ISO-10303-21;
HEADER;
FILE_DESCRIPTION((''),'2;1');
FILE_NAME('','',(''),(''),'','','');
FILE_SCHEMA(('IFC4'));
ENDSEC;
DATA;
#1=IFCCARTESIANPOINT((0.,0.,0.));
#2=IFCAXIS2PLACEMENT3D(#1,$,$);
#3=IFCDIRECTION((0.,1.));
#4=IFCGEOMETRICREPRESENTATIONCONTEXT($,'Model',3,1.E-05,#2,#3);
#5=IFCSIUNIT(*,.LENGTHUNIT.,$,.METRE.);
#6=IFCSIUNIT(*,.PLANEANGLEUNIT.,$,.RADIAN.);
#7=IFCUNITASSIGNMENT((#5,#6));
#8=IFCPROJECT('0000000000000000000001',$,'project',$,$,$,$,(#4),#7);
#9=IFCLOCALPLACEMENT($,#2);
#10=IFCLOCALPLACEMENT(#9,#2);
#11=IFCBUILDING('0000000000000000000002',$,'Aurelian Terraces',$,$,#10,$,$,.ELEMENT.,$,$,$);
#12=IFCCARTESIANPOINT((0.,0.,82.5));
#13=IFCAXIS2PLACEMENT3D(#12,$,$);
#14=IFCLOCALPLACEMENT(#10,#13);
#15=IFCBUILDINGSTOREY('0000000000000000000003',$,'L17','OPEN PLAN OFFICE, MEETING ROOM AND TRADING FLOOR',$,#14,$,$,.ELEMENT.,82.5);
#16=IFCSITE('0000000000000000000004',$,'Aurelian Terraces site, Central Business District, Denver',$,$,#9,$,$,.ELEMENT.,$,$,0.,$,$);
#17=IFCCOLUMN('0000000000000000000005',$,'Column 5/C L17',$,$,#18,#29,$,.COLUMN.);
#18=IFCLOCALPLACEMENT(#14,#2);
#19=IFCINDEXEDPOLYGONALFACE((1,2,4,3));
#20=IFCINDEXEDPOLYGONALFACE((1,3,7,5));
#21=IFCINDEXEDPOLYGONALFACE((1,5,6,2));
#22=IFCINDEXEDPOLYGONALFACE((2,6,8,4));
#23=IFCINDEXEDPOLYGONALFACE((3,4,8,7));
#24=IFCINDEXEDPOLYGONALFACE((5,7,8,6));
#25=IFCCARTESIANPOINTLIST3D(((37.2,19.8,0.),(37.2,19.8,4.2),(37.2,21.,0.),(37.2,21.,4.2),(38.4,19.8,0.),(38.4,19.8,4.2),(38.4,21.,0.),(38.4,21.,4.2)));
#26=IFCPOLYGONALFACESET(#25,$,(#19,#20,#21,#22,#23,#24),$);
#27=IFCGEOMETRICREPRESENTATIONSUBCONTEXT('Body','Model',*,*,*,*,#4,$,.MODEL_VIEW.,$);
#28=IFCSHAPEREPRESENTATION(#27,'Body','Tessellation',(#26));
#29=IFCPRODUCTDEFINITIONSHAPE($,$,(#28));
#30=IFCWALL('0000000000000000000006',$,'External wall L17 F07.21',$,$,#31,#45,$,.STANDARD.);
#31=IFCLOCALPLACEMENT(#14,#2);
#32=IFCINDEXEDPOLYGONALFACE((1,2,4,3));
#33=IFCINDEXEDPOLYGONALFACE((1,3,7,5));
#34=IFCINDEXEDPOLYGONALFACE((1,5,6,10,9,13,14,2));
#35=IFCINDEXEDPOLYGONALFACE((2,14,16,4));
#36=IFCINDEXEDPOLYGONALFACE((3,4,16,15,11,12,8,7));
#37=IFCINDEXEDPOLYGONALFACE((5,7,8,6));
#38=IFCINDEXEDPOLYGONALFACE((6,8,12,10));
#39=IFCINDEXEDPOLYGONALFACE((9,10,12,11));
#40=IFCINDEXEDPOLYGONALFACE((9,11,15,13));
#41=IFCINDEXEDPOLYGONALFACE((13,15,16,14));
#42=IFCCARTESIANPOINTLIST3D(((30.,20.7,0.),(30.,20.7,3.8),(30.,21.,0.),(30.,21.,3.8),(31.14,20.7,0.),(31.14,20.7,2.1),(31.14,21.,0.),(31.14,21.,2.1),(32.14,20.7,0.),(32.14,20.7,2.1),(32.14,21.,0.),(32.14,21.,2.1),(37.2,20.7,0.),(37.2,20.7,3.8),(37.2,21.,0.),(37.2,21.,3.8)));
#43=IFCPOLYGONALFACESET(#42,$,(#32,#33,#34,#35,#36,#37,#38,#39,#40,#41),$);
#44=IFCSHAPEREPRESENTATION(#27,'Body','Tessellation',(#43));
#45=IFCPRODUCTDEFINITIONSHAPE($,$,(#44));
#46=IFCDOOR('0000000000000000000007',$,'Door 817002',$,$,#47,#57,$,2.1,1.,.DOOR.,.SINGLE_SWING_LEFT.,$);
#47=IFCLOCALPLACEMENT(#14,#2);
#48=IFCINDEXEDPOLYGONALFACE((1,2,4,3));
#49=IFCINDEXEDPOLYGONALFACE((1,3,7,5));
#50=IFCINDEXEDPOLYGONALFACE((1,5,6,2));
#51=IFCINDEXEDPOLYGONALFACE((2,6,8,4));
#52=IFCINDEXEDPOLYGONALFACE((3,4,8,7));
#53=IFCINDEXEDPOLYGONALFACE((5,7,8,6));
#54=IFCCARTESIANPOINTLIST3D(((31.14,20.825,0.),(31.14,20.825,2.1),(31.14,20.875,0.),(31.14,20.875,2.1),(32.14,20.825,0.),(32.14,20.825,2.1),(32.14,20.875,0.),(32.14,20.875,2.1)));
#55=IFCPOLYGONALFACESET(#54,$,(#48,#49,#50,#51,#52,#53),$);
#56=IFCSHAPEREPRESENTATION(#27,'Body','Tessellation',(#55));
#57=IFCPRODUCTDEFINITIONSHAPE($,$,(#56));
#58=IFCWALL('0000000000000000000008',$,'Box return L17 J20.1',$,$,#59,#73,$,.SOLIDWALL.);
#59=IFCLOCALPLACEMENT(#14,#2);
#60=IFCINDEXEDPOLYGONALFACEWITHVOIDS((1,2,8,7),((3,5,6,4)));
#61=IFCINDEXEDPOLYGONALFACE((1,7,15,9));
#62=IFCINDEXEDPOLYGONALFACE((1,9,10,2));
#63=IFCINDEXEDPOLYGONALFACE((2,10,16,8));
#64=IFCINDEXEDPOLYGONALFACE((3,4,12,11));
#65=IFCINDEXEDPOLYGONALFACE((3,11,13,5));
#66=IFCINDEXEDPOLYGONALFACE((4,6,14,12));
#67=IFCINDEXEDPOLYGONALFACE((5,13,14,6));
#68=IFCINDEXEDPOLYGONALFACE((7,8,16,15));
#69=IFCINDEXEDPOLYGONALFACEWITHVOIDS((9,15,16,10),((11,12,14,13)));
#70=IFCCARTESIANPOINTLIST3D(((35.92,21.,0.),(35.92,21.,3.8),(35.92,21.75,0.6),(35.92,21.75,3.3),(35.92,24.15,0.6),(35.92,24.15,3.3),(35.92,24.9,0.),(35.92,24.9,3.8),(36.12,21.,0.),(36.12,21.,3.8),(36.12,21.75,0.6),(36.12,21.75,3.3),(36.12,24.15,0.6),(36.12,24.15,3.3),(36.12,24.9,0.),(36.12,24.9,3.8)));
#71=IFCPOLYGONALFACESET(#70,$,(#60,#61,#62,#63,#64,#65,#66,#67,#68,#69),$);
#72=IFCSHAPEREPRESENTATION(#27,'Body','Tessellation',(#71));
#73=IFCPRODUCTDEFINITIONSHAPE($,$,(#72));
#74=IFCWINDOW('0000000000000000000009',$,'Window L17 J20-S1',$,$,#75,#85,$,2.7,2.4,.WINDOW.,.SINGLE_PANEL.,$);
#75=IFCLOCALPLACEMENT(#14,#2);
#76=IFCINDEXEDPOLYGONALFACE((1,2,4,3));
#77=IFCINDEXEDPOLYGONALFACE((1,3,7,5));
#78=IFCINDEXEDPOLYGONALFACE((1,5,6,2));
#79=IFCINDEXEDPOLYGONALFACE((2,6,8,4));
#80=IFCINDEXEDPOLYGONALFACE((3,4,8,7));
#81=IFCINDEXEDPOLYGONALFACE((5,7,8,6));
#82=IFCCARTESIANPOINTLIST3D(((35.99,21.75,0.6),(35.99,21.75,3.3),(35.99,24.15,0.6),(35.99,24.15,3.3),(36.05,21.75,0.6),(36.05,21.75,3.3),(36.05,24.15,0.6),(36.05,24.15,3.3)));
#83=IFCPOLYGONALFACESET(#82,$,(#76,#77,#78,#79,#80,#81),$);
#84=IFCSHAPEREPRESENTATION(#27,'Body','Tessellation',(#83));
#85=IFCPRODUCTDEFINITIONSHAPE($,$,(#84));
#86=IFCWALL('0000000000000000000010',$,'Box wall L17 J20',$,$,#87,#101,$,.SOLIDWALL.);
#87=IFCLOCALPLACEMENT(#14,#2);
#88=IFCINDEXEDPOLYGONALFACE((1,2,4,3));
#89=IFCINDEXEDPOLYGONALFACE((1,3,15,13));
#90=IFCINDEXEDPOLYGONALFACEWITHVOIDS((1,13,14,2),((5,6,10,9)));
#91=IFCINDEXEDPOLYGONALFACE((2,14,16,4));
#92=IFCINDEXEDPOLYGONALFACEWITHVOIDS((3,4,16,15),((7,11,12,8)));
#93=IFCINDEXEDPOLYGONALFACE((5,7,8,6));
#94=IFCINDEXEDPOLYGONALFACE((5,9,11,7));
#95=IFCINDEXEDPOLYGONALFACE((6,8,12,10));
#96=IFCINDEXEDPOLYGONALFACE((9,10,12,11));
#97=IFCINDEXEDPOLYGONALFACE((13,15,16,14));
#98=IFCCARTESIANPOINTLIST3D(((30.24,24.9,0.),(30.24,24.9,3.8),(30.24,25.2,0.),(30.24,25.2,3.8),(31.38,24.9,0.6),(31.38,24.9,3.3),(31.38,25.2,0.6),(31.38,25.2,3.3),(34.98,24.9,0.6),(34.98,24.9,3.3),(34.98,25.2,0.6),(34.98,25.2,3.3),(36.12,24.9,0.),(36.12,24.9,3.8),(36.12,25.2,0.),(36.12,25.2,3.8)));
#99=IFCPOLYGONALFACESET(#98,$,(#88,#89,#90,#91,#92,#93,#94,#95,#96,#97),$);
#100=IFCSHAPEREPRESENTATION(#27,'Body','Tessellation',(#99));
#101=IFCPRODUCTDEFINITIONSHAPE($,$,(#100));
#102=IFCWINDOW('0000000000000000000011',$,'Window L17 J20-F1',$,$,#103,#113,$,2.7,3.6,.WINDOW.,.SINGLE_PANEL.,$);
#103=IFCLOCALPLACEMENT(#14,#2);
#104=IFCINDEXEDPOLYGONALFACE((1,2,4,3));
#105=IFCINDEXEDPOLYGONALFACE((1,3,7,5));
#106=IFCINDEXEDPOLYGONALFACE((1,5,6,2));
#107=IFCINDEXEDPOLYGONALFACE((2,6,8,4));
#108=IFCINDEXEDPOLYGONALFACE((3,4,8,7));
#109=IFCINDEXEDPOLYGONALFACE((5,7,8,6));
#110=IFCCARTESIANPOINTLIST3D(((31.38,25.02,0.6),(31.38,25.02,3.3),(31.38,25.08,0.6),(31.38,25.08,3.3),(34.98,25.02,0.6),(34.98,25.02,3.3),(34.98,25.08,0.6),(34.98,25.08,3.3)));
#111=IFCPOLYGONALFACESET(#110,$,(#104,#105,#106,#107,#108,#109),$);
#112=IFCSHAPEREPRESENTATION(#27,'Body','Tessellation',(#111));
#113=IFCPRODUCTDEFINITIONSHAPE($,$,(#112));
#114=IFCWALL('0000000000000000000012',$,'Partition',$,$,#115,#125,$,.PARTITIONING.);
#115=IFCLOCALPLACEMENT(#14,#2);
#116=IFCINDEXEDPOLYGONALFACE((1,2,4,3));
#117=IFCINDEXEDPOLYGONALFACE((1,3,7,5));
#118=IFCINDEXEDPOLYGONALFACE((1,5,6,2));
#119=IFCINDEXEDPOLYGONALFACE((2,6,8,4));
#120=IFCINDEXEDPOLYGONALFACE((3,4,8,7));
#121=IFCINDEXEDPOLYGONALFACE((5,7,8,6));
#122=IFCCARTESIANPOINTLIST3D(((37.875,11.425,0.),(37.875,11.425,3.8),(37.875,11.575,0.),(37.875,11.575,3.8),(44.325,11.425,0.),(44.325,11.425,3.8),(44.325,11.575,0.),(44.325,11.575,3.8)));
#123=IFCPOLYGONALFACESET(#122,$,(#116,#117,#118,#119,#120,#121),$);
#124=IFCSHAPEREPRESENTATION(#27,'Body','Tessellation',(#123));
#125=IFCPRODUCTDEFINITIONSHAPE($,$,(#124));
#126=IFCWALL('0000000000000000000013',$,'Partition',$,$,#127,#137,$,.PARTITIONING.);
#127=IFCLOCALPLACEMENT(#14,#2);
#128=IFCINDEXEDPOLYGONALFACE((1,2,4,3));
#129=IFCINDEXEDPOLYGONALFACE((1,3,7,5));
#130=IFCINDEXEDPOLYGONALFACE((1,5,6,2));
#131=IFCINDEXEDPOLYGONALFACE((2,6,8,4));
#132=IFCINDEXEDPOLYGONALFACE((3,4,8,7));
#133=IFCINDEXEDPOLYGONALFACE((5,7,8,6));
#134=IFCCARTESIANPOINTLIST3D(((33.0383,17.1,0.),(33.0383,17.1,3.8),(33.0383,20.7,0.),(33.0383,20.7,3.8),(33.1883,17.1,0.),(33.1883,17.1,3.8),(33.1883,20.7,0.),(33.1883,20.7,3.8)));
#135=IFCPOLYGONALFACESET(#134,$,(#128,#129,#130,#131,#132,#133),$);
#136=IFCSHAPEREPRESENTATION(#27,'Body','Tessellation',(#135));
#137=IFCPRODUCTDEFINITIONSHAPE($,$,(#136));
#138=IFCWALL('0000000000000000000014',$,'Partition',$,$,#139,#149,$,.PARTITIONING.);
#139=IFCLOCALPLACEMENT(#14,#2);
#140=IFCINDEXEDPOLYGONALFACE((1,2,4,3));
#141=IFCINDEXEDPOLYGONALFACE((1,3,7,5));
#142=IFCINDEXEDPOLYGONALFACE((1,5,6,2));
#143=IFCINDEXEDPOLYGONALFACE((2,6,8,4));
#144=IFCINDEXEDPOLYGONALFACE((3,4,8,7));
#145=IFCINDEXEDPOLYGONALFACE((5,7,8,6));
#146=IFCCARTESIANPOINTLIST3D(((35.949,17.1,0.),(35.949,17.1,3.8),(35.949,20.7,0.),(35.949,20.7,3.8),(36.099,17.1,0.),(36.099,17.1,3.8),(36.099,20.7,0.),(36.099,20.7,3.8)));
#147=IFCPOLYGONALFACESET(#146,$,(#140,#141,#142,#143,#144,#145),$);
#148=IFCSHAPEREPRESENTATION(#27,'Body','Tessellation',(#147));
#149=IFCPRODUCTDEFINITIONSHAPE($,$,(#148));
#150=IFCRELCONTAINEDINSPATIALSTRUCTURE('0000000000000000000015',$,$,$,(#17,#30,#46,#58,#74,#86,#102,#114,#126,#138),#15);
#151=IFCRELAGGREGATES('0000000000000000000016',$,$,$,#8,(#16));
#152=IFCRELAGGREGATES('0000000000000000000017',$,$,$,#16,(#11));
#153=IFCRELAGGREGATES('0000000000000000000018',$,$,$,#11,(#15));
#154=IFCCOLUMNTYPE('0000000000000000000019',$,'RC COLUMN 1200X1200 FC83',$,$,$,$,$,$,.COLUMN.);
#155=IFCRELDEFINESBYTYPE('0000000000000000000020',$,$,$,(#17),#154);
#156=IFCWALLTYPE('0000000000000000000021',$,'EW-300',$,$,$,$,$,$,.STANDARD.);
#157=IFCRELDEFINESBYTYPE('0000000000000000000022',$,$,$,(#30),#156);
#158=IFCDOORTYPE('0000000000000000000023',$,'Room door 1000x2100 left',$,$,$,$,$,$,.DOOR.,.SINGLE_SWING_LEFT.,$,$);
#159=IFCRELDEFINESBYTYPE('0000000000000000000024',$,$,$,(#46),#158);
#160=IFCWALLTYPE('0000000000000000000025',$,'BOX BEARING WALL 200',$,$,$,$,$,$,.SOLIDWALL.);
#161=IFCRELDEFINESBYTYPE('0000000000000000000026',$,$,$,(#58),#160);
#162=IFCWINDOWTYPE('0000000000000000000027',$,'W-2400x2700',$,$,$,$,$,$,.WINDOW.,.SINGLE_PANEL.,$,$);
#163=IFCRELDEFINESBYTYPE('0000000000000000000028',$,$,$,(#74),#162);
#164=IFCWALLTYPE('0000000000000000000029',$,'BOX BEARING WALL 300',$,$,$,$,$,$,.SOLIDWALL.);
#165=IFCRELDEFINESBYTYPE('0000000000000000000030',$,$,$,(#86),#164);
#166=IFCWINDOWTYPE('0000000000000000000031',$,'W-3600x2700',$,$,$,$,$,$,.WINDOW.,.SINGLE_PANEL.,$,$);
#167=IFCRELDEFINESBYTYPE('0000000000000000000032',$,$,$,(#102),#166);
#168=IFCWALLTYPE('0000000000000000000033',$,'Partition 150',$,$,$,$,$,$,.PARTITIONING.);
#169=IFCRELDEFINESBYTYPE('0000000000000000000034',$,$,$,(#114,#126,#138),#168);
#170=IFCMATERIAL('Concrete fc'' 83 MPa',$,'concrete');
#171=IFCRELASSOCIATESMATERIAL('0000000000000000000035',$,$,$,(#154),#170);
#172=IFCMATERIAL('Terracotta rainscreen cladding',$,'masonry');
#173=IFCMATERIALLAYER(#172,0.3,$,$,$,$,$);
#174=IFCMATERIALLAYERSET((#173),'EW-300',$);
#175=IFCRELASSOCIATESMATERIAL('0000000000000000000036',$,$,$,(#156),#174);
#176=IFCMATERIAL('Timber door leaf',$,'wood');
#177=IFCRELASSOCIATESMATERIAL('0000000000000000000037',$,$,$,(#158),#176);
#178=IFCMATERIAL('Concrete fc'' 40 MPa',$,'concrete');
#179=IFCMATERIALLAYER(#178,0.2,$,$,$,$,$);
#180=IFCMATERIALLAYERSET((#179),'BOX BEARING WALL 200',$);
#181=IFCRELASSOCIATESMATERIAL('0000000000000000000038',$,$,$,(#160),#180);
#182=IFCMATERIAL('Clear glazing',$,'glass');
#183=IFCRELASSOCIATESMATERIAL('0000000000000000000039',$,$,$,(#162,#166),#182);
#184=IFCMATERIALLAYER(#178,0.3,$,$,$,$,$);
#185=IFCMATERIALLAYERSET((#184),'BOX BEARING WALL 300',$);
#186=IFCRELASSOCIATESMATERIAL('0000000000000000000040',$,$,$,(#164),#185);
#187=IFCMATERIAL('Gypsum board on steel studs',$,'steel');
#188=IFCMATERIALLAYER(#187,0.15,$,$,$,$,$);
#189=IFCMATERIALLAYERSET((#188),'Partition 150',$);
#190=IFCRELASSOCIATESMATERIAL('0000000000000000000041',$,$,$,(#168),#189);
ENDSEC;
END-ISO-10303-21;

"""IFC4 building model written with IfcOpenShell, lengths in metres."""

from ifc_helpers import new_model, si_unit, direction, frame, frame_2d, origin, origin_2d, place, context, subcontext, project, spatial, rectangle, extrude, source, transform, mapped, material, layer, layer_set, material_profile, profile_set, type_object, element, fill, save


model = new_model("IFC4")

# Units and contexts
model_context = context("Model", 3, precision=1e-05, world=origin(), true_north=direction((0.0, 1.0)))
body_context = subcontext(model_context, "Body", "Model", "MODEL_VIEW")
ifc_project = project(units=[si_unit("LENGTHUNIT", "METRE"), si_unit("PLANEANGLEUNIT", "RADIAN")], contexts=[model_context])

# Site, building, storey
site_placement = place(None, origin())
site = spatial("IfcSite", under=ifc_project, at=site_placement, Name="Aurelian Terraces site, Central Business District, Denver", CompositionType="ELEMENT", RefElevation=0.0)
building_placement = place(site_placement, origin())
building = spatial("IfcBuilding", under=site, at=building_placement, Name="Aurelian Terraces", CompositionType="ELEMENT")
storey_placement = place(building_placement, frame((0.0, 0.0, 82.5)))
storey = spatial("IfcBuildingStorey", under=building, at=storey_placement, Name="L17", Description="OPEN PLAN OFFICE, MEETING ROOM AND TRADING FLOOR", CompositionType="ELEMENT", Elevation=82.5)

# Column
ifc_material_1 = material(Name="Concrete fc' 83 MPa", Category="concrete")
ifc_material_profile = material_profile(ifc_material_1, rectangle(XDim=1.2, YDim=1.2, at=origin_2d()))
ifc_profile_set = profile_set([ifc_material_profile], Name="Concrete fc' 83 MPa")
column_type = type_object("IfcColumnType", Name="RC COLUMN 1200X1200 FC83", PredefinedType="COLUMN", material=ifc_profile_set)
shared_shape_1 = source(origin(), body_context, "Body", "SweptSolid", [
    extrude(rectangle(XDim=1.2, YDim=1.2, at=origin_2d()), origin(), (0.0, 0.0, 1.0), 4.2),
])
column_placement = place(storey_placement, frame((37.8, 20.4, 0.0), z_axis=(0.0, 0.0, 1.0), x_axis=(1.0, 0.0, 0.0)))
element("IfcColumn", 1, at=column_placement, inside=storey, type_object=column_type, Name="Column 5/C L17", PredefinedType="COLUMN", context=body_context, shape_type="MappedRepresentation", body=[
    mapped(shared_shape_1, transform((0.0, 0.0, 0.0), scale=1.0)),
])

# Wall, opening, door
ifc_material_2 = material(Name="Terracotta rainscreen cladding", Category="masonry")
ifc_layer_1 = layer(ifc_material_2, 0.3)
ifc_layer_set_1 = layer_set([ifc_layer_1], Name="EW-300")
wall_type_1 = type_object("IfcWallType", Name="EW-300", PredefinedType="STANDARD", material=ifc_layer_set_1)
shared_shape_2 = source(origin(), body_context, "Body", "SweptSolid", [
    extrude(rectangle(XDim=7.2, YDim=0.3, at=frame_2d((3.6, 0.0))), origin(), (0.0, 0.0, 1.0), 3.8),
])
wall_1_placement = place(storey_placement, frame((37.2, 20.85, 0.0), z_axis=(0.0, 0.0, 1.0), x_axis=(-1.0, 0.0, 0.0)))
wall_1 = element("IfcWall", 2, at=wall_1_placement, inside=storey, type_object=wall_type_1, Name="External wall L17 F07.21", PredefinedType="STANDARD", context=body_context, shape_type="MappedRepresentation", body=[
    mapped(shared_shape_2, transform((0.0, 0.0, 0.0), scale=1.0)),
])
shared_shape_3 = source(origin(), body_context, "Body", "SweptSolid", [
    extrude(rectangle(XDim=1.0, YDim=2.1, at=frame_2d((0.5, 1.05))), frame((0.0, 0.16, 0.0), z_axis=(0.0, -1.0, 0.0), x_axis=(1.0, 0.0, 0.0)), (0.0, 0.0, 1.0), 0.32),
])
opening_1_placement = place(wall_1_placement, frame((5.06, 0.0, 0.0)))
opening_1 = element("IfcOpeningElement", 3, at=opening_1_placement, cuts=wall_1, PredefinedType="OPENING", context=body_context, shape_type="MappedRepresentation", body=[
    mapped(shared_shape_3, transform((0.0, 0.0, 0.0), scale=1.0)),
])
ifc_material_3 = material(Name="Timber door leaf", Category="wood")
door_type_1 = type_object("IfcDoorType", Name="Room door 1000x2100 left", OperationType="SINGLE_SWING_LEFT", PredefinedType="DOOR", material=ifc_material_3)
shared_shape_4 = source(origin(), body_context, "Body", "SweptSolid", [
    extrude(rectangle(XDim=1.0, YDim=2.1, at=frame_2d((0.5, 1.05))), frame((0.0, 0.025, 0.0), z_axis=(0.0, -1.0, 0.0), x_axis=(1.0, 0.0, 0.0)), (0.0, 0.0, 1.0), 0.05),
])
door_1_placement = place(opening_1_placement, origin())
door_1 = element("IfcDoor", 4, at=door_1_placement, inside=storey, type_object=door_type_1, Name="Door 817002", OperationType="SINGLE_SWING_LEFT", OverallHeight=2.1, OverallWidth=1.0, PredefinedType="DOOR", context=body_context, shape_type="MappedRepresentation", body=[
    mapped(shared_shape_4, transform((0.0, 0.0, 0.0), scale=1.0)),
])
fill(opening_1, door_1)

# Walls, openings, windows
ifc_material_4 = material(Name="Concrete fc' 40 MPa", Category="concrete")
ifc_layer_2 = layer(ifc_material_4, 0.2)
ifc_layer_set_2 = layer_set([ifc_layer_2], Name="BOX BEARING WALL 200")
wall_type_2 = type_object("IfcWallType", Name="BOX BEARING WALL 200", PredefinedType="SOLIDWALL", material=ifc_layer_set_2)
shared_shape_5 = source(origin(), body_context, "Body", "SweptSolid", [
    extrude(rectangle(XDim=3.9, YDim=0.2, at=frame_2d((1.95, 0.0))), origin(), (0.0, 0.0, 1.0), 3.8),
])
wall_2_placement = place(storey_placement, frame((36.02, 21.0, 0.0), z_axis=(0.0, 0.0, 1.0), x_axis=(0.0, 1.0, 0.0)))
wall_2 = element("IfcWall", 5, at=wall_2_placement, inside=storey, type_object=wall_type_2, Name="Box return L17 J20.1", PredefinedType="SOLIDWALL", context=body_context, shape_type="MappedRepresentation", body=[
    mapped(shared_shape_5, transform((0.0, 0.0, 0.0), scale=1.0)),
])
shared_shape_6 = source(origin(), body_context, "Body", "SweptSolid", [
    extrude(rectangle(XDim=2.4, YDim=2.7, at=frame_2d((1.2, 1.35))), frame((0.0, 0.11, 0.0), z_axis=(0.0, -1.0, 0.0), x_axis=(1.0, 0.0, 0.0)), (0.0, 0.0, 1.0), 0.22),
])
opening_2_placement = place(wall_2_placement, frame((0.75, 0.0, 0.6)))
opening_2 = element("IfcOpeningElement", 6, at=opening_2_placement, cuts=wall_2, PredefinedType="OPENING", context=body_context, shape_type="MappedRepresentation", body=[
    mapped(shared_shape_6, transform((0.0, 0.0, 0.0), scale=1.0)),
])
ifc_material_5 = material(Name="Clear glazing", Category="glass")
window_type_1 = type_object("IfcWindowType", Name="W-2400x2700", PartitioningType="SINGLE_PANEL", PredefinedType="WINDOW", material=ifc_material_5)
shared_shape_7 = source(origin(), body_context, "Body", "SweptSolid", [
    extrude(rectangle(XDim=2.4, YDim=2.7, at=frame_2d((1.2, 1.35))), frame((0.0, 0.03, 0.0), z_axis=(0.0, -1.0, 0.0), x_axis=(1.0, 0.0, 0.0)), (0.0, 0.0, 1.0), 0.06),
])
window_1_placement = place(opening_2_placement, origin())
window_1 = element("IfcWindow", 7, at=window_1_placement, inside=storey, type_object=window_type_1, Name="Window L17 J20-S1", OverallHeight=2.7, OverallWidth=2.4, PartitioningType="SINGLE_PANEL", PredefinedType="WINDOW", context=body_context, shape_type="MappedRepresentation", body=[
    mapped(shared_shape_7, transform((0.0, 0.0, 0.0), scale=1.0)),
])
fill(opening_2, window_1)
ifc_layer_3 = layer(ifc_material_4, 0.3)
ifc_layer_set_3 = layer_set([ifc_layer_3], Name="BOX BEARING WALL 300")
wall_type_3 = type_object("IfcWallType", Name="BOX BEARING WALL 300", PredefinedType="SOLIDWALL", material=ifc_layer_set_3)
shared_shape_8 = source(origin(), body_context, "Body", "SweptSolid", [
    extrude(rectangle(XDim=5.88, YDim=0.3, at=frame_2d((2.94, 0.0))), origin(), (0.0, 0.0, 1.0), 3.8),
])
wall_3_placement = place(storey_placement, frame((36.12, 25.05, 0.0), z_axis=(0.0, 0.0, 1.0), x_axis=(-1.0, 0.0, 0.0)))
wall_3 = element("IfcWall", 8, at=wall_3_placement, inside=storey, type_object=wall_type_3, Name="Box wall L17 J20", PredefinedType="SOLIDWALL", context=body_context, shape_type="MappedRepresentation", body=[
    mapped(shared_shape_8, transform((0.0, 0.0, 0.0), scale=1.0)),
])
shared_shape_9 = source(origin(), body_context, "Body", "SweptSolid", [
    extrude(rectangle(XDim=3.6, YDim=2.7, at=frame_2d((1.8, 1.35))), frame((0.0, 0.16, 0.0), z_axis=(0.0, -1.0, 0.0), x_axis=(1.0, 0.0, 0.0)), (0.0, 0.0, 1.0), 0.32),
])
opening_3_placement = place(wall_3_placement, frame((1.14, 0.0, 0.6)))
opening_3 = element("IfcOpeningElement", 9, at=opening_3_placement, cuts=wall_3, PredefinedType="OPENING", context=body_context, shape_type="MappedRepresentation", body=[
    mapped(shared_shape_9, transform((0.0, 0.0, 0.0), scale=1.0)),
])
window_type_2 = type_object("IfcWindowType", Name="W-3600x2700", PartitioningType="SINGLE_PANEL", PredefinedType="WINDOW", material=ifc_material_5)
shared_shape_10 = source(origin(), body_context, "Body", "SweptSolid", [
    extrude(rectangle(XDim=3.6, YDim=2.7, at=frame_2d((1.8, 1.35))), frame((0.0, 0.03, 0.0), z_axis=(0.0, -1.0, 0.0), x_axis=(1.0, 0.0, 0.0)), (0.0, 0.0, 1.0), 0.06),
])
window_2_placement = place(opening_3_placement, origin())
window_2 = element("IfcWindow", 10, at=window_2_placement, inside=storey, type_object=window_type_2, Name="Window L17 J20-F1", OverallHeight=2.7, OverallWidth=3.6, PartitioningType="SINGLE_PANEL", PredefinedType="WINDOW", context=body_context, shape_type="MappedRepresentation", body=[
    mapped(shared_shape_10, transform((0.0, 0.0, 0.0), scale=1.0)),
])
fill(opening_3, window_2)

# Walls
ifc_material_6 = material(Name="Gypsum board on steel studs", Category="steel")
ifc_layer_4 = layer(ifc_material_6, 0.15)
ifc_layer_set_4 = layer_set([ifc_layer_4], Name="Partition 150")
wall_type_4 = type_object("IfcWallType", Name="Partition 150", PredefinedType="PARTITIONING", material=ifc_layer_set_4)
shared_shape_11 = source(origin(), body_context, "Body", "SweptSolid", [
    extrude(rectangle(XDim=6.45, YDim=0.15, at=frame_2d((3.225, 0.0))), origin(), (0.0, 0.0, 1.0), 3.8),
])
wall_4_placement = place(storey_placement, frame((37.875, 11.5, 0.0), z_axis=(0.0, 0.0, 1.0), x_axis=(1.0, 0.0, 0.0)))
element("IfcWall", 11, at=wall_4_placement, inside=storey, type_object=wall_type_4, Name="Partition", PredefinedType="PARTITIONING", context=body_context, shape_type="MappedRepresentation", body=[
    mapped(shared_shape_11, transform((0.0, 0.0, 0.0), scale=1.0)),
])
shared_shape_12 = source(origin(), body_context, "Body", "SweptSolid", [
    extrude(rectangle(XDim=3.6, YDim=0.15, at=frame_2d((1.8, 0.0))), origin(), (0.0, 0.0, 1.0), 3.8),
])
for number, where, z_axis, x_axis, name in (
    (12, (33.1133, 20.7, 0.0), (0.0, 0.0, 1.0), (0.0, -1.0, 0.0), "Partition"),
    (13, (36.024, 20.7, 0.0), (0.0, 0.0, 1.0), (0.0, -1.0, 0.0), "Partition"),
):
    element("IfcWall", number, at=place(storey_placement, frame(where, z_axis=z_axis, x_axis=x_axis)), inside=storey, type_object=wall_type_4, Name=name, PredefinedType="PARTITIONING", context=body_context, shape_type="MappedRepresentation", body=[
        mapped(shared_shape_12, transform((0.0, 0.0, 0.0), scale=1.0)),
    ])

save(model, "model.ifc")
